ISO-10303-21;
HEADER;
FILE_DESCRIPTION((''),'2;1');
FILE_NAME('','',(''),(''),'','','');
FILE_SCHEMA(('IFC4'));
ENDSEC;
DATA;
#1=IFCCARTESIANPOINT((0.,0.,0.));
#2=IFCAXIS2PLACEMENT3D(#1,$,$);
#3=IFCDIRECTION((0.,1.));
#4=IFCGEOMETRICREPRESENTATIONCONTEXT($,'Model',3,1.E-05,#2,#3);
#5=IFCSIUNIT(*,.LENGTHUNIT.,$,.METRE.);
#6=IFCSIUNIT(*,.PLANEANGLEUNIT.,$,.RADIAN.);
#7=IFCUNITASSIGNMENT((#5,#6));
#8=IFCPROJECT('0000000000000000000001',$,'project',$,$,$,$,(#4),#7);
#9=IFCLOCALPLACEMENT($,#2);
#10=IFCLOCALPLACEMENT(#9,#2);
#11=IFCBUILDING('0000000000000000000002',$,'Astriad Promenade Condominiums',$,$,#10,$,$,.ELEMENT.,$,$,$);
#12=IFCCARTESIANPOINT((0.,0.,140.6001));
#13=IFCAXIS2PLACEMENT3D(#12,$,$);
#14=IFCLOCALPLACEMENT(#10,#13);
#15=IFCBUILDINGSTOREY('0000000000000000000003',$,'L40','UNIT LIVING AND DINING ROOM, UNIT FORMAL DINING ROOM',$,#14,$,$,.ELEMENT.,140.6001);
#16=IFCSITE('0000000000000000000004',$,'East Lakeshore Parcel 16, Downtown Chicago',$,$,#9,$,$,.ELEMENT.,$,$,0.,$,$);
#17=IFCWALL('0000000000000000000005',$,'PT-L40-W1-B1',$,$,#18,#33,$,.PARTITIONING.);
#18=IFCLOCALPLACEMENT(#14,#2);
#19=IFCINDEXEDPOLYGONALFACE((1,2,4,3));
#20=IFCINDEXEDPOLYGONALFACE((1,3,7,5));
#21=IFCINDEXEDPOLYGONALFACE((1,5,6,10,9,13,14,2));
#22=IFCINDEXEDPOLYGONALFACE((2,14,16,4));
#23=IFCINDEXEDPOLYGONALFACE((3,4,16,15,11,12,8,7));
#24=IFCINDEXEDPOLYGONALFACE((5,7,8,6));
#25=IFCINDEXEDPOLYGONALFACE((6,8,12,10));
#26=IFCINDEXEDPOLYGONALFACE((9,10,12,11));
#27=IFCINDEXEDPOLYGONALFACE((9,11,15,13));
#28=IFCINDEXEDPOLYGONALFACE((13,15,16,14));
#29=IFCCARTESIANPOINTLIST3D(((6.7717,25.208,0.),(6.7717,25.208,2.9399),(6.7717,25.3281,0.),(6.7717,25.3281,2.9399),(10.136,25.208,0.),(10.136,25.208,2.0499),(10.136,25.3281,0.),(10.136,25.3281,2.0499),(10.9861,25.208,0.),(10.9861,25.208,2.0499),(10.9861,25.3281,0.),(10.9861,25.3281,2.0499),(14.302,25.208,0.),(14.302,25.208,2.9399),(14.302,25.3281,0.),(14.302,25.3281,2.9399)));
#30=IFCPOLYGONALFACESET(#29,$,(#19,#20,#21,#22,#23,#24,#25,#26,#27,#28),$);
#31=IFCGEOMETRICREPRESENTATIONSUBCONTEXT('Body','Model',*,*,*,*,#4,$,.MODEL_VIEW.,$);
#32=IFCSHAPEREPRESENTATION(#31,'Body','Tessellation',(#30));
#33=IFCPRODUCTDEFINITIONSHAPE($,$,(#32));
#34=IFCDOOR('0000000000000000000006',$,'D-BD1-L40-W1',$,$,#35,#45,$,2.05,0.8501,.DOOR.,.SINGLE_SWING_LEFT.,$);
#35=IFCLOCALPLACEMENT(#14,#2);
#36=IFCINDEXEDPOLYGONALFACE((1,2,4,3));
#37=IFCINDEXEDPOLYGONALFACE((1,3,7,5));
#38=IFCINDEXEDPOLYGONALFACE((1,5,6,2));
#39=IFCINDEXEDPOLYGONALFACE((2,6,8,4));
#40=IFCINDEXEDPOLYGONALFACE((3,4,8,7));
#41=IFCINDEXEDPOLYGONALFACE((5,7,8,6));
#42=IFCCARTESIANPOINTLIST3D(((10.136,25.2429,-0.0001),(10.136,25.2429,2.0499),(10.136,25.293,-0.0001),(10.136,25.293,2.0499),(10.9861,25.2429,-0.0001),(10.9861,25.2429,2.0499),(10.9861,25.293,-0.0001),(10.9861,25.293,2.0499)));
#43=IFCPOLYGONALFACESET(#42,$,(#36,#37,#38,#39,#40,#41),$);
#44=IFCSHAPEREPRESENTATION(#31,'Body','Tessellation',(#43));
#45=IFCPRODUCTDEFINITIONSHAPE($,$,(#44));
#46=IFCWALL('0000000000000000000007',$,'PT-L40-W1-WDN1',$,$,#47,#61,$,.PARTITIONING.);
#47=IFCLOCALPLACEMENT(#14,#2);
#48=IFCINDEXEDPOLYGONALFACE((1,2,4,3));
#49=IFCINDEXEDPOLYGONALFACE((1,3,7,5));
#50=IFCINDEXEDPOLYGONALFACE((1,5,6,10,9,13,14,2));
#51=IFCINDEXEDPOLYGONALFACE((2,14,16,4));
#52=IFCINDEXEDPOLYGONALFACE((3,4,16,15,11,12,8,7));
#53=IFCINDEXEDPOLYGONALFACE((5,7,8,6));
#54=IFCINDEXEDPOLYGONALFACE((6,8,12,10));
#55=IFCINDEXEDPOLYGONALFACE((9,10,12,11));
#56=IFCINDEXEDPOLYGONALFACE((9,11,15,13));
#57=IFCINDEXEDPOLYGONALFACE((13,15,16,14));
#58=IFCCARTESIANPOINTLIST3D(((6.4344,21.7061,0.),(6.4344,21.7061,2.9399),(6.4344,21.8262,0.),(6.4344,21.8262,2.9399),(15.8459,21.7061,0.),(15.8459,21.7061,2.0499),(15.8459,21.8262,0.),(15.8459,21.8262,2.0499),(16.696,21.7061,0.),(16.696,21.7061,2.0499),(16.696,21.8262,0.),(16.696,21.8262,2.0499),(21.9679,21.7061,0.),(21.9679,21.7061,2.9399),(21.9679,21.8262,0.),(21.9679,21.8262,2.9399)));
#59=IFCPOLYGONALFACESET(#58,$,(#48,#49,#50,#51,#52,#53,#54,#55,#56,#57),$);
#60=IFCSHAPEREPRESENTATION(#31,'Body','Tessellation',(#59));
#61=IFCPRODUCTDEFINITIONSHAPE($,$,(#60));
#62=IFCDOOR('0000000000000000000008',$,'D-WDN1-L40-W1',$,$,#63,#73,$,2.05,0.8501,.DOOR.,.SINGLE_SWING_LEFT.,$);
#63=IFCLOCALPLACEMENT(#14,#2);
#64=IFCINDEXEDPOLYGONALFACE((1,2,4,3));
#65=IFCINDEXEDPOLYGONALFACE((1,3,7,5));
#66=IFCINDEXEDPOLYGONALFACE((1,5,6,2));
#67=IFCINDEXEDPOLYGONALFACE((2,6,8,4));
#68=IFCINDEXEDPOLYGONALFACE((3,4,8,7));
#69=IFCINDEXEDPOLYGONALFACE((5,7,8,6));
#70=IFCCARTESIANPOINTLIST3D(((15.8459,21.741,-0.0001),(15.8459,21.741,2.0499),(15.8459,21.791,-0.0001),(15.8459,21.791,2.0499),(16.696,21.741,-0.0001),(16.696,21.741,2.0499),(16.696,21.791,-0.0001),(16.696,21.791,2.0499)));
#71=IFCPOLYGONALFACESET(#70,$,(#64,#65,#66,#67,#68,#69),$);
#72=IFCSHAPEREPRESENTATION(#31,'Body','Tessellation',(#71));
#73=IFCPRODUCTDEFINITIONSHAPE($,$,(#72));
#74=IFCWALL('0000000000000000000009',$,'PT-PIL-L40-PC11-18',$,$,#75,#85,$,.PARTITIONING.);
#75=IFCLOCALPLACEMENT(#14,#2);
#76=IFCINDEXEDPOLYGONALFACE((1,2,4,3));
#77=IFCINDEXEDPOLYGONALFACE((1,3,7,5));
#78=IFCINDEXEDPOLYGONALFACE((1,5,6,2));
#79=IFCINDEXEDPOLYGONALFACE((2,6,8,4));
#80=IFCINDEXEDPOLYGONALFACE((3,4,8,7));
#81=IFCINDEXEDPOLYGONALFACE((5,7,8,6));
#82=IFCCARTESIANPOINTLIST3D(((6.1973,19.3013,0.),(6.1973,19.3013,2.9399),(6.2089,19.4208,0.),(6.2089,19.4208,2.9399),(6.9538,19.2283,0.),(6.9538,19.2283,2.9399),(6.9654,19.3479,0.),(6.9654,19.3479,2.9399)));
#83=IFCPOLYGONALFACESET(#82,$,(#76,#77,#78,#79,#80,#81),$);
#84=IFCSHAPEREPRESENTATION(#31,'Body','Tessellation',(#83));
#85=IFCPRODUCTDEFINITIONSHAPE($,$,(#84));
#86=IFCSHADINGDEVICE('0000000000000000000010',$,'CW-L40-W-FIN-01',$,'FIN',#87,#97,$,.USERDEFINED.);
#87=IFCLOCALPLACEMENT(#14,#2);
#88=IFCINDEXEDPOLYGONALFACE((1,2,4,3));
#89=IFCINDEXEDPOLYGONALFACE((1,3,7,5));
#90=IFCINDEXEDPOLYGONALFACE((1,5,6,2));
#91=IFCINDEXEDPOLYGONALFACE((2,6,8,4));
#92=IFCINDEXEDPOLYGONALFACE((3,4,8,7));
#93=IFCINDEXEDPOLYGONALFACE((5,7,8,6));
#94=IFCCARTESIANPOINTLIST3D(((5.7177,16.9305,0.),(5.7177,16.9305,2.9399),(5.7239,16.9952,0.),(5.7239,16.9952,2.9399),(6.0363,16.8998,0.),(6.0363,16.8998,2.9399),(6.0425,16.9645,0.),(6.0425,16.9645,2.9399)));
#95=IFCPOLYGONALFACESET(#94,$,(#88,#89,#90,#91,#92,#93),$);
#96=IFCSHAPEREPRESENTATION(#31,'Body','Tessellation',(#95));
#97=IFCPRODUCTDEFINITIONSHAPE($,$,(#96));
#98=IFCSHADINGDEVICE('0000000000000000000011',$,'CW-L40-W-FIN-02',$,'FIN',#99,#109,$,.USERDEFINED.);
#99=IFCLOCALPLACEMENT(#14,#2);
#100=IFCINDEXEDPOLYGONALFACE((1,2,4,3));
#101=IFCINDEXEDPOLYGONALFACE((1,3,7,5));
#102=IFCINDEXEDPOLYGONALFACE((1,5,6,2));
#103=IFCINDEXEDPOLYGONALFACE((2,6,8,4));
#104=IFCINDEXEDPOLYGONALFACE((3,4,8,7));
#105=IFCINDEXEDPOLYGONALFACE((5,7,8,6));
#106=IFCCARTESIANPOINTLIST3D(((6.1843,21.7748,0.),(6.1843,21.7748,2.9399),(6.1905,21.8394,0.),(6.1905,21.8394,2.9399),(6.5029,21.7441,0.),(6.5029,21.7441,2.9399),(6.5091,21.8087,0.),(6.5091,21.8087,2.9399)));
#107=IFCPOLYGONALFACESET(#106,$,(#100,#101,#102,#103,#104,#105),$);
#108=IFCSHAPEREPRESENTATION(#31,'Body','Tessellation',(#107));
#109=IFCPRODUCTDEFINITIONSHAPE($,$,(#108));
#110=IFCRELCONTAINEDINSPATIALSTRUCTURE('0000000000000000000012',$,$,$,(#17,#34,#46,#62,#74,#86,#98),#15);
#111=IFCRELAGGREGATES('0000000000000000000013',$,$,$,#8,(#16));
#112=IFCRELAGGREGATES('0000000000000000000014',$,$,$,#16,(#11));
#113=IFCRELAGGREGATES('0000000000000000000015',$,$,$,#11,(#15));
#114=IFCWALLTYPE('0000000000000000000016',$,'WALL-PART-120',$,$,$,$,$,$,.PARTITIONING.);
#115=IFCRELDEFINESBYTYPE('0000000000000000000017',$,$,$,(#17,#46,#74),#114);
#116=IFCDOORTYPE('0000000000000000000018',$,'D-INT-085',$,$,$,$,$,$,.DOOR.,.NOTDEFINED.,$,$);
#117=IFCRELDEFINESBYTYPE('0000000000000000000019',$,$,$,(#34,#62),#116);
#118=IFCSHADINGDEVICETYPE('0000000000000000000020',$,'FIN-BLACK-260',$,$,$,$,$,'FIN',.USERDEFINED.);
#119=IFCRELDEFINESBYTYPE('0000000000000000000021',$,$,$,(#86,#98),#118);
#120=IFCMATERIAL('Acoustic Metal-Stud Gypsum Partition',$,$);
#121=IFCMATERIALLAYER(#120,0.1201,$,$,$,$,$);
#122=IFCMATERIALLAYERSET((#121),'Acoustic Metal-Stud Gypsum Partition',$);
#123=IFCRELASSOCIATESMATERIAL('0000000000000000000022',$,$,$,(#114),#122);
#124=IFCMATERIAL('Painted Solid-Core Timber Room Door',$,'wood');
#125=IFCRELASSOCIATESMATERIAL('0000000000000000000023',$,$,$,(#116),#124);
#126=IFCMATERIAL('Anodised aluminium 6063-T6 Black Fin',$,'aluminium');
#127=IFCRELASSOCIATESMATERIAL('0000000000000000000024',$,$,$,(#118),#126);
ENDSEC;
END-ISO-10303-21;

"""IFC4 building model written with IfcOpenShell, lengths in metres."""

from ifc_helpers import new_model, si_unit, direction, frame, frame_2d, origin, origin_2d, place, context, subcontext, project, spatial, rectangle, extrude, source, transform, mapped, material, layer, layer_set, type_object, type_shapes, element, fill, save


model = new_model("IFC4")

# Units and contexts
model_context = context("Model", 3, precision=1e-05, world=origin(), true_north=direction((0.0, 1.0)))
body_context = subcontext(model_context, "Body", "Model", "MODEL_VIEW")
ifc_project = project(units=[si_unit("LENGTHUNIT", "METRE"), si_unit("PLANEANGLEUNIT", "RADIAN")], contexts=[model_context])

# Site, building, storey
site_placement = place(None, origin())
site = spatial("IfcSite", under=ifc_project, at=site_placement, Name="East Lakeshore Parcel 16, Downtown Chicago", CompositionType="ELEMENT", RefElevation=0.0)
building_placement = place(site_placement, origin())
building = spatial("IfcBuilding", under=site, at=building_placement, Name="Astriad Promenade Condominiums", CompositionType="ELEMENT")
storey_placement = place(building_placement, frame((0.0, 0.0, 140.6001)))
storey = spatial("IfcBuildingStorey", under=building, at=storey_placement, Name="L40", Description="UNIT LIVING AND DINING ROOM, UNIT FORMAL DINING ROOM", CompositionType="ELEMENT", Elevation=140.6001)

# Walls, openings, doors
ifc_material_1 = material(Name="Acoustic Metal-Stud Gypsum Partition")
ifc_layer_1 = layer(ifc_material_1, 0.1201)
ifc_layer_set_1 = layer_set([ifc_layer_1], Name="Acoustic Metal-Stud Gypsum Partition")
wall_type_1 = type_object("IfcWallType", Name="WALL-PART-120", PredefinedType="PARTITIONING", material=ifc_layer_set_1)
wall_1_placement = place(storey_placement, frame((6.7717, 25.2681, 0.0), z_axis=(0.0, 0.0, 1.0), x_axis=(1.0, 0.0, 0.0)))
wall_1 = element("IfcWall", 1, at=wall_1_placement, inside=storey, type_object=wall_type_1, Name="PT-L40-W1-B1", PredefinedType="PARTITIONING", context=body_context, shape_type="SweptSolid", body=[
    extrude(rectangle(XDim=7.5303, YDim=0.1201, at=frame_2d((3.7651, 0.0))), origin(), (0.0, 0.0, 1.0), 2.9399),
])
opening_1_placement = place(wall_1_placement, frame((3.3643, 0.0, 0.0)))
opening_1 = element("IfcOpeningElement", 2, at=opening_1_placement, cuts=wall_1, PredefinedType="OPENING", context=body_context, shape_type="SweptSolid", body=[
    extrude(rectangle(XDim=0.8501, YDim=2.05, at=frame_2d((0.425, 1.0249))), frame((0.0, 0.0701, 0.0), z_axis=(0.0, -1.0, 0.0), x_axis=(1.0, 0.0, 0.0)), (0.0, 0.0, 1.0), 0.1401),
])
ifc_material_2 = material(Name="Painted Solid-Core Timber Room Door", Category="wood")
door_type = type_object("IfcDoorType", Name="D-INT-085", OperationType="NOTDEFINED", PredefinedType="DOOR", material=ifc_material_2)
shared_shape_1 = source(origin(), body_context, "Body", "SweptSolid", [
    extrude(rectangle(XDim=0.8501, YDim=2.05, at=frame_2d((0.425, 1.0249))), frame((0.0, 0.0249, 0.0), z_axis=(0.0, -1.0, 0.0), x_axis=(1.0, 0.0, 0.0)), (0.0, 0.0, 1.0), 0.05),
])
type_shapes(door_type, [shared_shape_1])
door_1_placement = place(opening_1_placement, origin())
door_1 = element("IfcDoor", 3, at=door_1_placement, inside=storey, type_object=door_type, Name="D-BD1-L40-W1", OperationType="SINGLE_SWING_LEFT", OverallHeight=2.05, OverallWidth=0.8501, PredefinedType="DOOR", context=body_context, shape_type="MappedRepresentation", body=[
    mapped(shared_shape_1, transform((0.0, 0.0, 0.0), scale=1.0)),
])
fill(opening_1, door_1)
wall_2_placement = place(storey_placement, frame((6.4346, 21.7661, 0.0), z_axis=(0.0, 0.0, 1.0), x_axis=(1.0, 0.0, 0.0)))
wall_2 = element("IfcWall", 4, at=wall_2_placement, inside=storey, type_object=wall_type_1, Name="PT-L40-W1-WDN1", PredefinedType="PARTITIONING", context=body_context, shape_type="SweptSolid", body=[
    extrude(rectangle(XDim=15.5334, YDim=0.1201, at=frame_2d((7.7666, 0.0))), origin(), (0.0, 0.0, 1.0), 2.9399),
])
opening_2_placement = place(wall_2_placement, frame((9.4114, 0.0, 0.0)))
opening_2 = element("IfcOpeningElement", 5, at=opening_2_placement, cuts=wall_2, PredefinedType="OPENING", context=body_context, shape_type="SweptSolid", body=[
    extrude(rectangle(XDim=0.8501, YDim=2.05, at=frame_2d((0.425, 1.0249))), frame((0.0, 0.0701, 0.0), z_axis=(0.0, -1.0, 0.0), x_axis=(1.0, 0.0, 0.0)), (0.0, 0.0, 1.0), 0.1401),
])
door_2_placement = place(opening_2_placement, origin())
door_2 = element("IfcDoor", 6, at=door_2_placement, inside=storey, type_object=door_type, Name="D-WDN1-L40-W1", OperationType="SINGLE_SWING_LEFT", OverallHeight=2.05, OverallWidth=0.8501, PredefinedType="DOOR", context=body_context, shape_type="MappedRepresentation", body=[
    mapped(shared_shape_1, transform((0.0, 0.0, 0.0), scale=1.0)),
])
fill(opening_2, door_2)

# Wall
wall_3_placement = place(storey_placement, frame((6.9595, 19.2881, 0.0), z_axis=(0.0, 0.0, 1.0), x_axis=(-0.995378, 0.096037, 0.0)))
element("IfcWall", 7, at=wall_3_placement, inside=storey, type_object=wall_type_1, Name="PT-PIL-L40-PC11-18", PredefinedType="PARTITIONING", context=body_context, shape_type="SweptSolid", body=[
    extrude(rectangle(XDim=0.76, YDim=0.1201, at=frame_2d((0.3799, 0.0))), origin(), (0.0, 0.0, 1.0), 2.9399),
])

# Shading devices
ifc_material_3 = material(Name="Anodised aluminium 6063-T6 Black Fin", Category="aluminium")
shading_device_type = type_object("IfcShadingDeviceType", Name="FIN-BLACK-260", ElementType="FIN", PredefinedType="USERDEFINED", material=ifc_material_3)
shared_shape_2 = source(origin(), body_context, "Body", "SweptSolid", [
    extrude(rectangle(XDim=0.0649, YDim=0.3201, at=origin_2d()), origin(), (0.0, 0.0, 1.0), 2.9399),
])
type_shapes(shading_device_type, [shared_shape_2])
for number, where, z_axis, x_axis, name in (
    (8, (5.8801, 16.9475, 0.0), (0.0, 0.0, 1.0), (0.095846, 0.995396, 0.0), "CW-L40-W-FIN-01"),
    (9, (6.3467, 21.7917, 0.0), (0.0, 0.0, 1.0), (0.095846, 0.995396, 0.0), "CW-L40-W-FIN-02"),
):
    element("IfcShadingDevice", number, at=place(storey_placement, frame(where, z_axis=z_axis, x_axis=x_axis)), inside=storey, type_object=shading_device_type, Name=name, ObjectType="FIN", PredefinedType="USERDEFINED", context=body_context, shape_type="MappedRepresentation", body=[
        mapped(shared_shape_2, transform((0.0, 0.0, 0.0), scale=1.0)),
    ])

save(model, "model.ifc")
